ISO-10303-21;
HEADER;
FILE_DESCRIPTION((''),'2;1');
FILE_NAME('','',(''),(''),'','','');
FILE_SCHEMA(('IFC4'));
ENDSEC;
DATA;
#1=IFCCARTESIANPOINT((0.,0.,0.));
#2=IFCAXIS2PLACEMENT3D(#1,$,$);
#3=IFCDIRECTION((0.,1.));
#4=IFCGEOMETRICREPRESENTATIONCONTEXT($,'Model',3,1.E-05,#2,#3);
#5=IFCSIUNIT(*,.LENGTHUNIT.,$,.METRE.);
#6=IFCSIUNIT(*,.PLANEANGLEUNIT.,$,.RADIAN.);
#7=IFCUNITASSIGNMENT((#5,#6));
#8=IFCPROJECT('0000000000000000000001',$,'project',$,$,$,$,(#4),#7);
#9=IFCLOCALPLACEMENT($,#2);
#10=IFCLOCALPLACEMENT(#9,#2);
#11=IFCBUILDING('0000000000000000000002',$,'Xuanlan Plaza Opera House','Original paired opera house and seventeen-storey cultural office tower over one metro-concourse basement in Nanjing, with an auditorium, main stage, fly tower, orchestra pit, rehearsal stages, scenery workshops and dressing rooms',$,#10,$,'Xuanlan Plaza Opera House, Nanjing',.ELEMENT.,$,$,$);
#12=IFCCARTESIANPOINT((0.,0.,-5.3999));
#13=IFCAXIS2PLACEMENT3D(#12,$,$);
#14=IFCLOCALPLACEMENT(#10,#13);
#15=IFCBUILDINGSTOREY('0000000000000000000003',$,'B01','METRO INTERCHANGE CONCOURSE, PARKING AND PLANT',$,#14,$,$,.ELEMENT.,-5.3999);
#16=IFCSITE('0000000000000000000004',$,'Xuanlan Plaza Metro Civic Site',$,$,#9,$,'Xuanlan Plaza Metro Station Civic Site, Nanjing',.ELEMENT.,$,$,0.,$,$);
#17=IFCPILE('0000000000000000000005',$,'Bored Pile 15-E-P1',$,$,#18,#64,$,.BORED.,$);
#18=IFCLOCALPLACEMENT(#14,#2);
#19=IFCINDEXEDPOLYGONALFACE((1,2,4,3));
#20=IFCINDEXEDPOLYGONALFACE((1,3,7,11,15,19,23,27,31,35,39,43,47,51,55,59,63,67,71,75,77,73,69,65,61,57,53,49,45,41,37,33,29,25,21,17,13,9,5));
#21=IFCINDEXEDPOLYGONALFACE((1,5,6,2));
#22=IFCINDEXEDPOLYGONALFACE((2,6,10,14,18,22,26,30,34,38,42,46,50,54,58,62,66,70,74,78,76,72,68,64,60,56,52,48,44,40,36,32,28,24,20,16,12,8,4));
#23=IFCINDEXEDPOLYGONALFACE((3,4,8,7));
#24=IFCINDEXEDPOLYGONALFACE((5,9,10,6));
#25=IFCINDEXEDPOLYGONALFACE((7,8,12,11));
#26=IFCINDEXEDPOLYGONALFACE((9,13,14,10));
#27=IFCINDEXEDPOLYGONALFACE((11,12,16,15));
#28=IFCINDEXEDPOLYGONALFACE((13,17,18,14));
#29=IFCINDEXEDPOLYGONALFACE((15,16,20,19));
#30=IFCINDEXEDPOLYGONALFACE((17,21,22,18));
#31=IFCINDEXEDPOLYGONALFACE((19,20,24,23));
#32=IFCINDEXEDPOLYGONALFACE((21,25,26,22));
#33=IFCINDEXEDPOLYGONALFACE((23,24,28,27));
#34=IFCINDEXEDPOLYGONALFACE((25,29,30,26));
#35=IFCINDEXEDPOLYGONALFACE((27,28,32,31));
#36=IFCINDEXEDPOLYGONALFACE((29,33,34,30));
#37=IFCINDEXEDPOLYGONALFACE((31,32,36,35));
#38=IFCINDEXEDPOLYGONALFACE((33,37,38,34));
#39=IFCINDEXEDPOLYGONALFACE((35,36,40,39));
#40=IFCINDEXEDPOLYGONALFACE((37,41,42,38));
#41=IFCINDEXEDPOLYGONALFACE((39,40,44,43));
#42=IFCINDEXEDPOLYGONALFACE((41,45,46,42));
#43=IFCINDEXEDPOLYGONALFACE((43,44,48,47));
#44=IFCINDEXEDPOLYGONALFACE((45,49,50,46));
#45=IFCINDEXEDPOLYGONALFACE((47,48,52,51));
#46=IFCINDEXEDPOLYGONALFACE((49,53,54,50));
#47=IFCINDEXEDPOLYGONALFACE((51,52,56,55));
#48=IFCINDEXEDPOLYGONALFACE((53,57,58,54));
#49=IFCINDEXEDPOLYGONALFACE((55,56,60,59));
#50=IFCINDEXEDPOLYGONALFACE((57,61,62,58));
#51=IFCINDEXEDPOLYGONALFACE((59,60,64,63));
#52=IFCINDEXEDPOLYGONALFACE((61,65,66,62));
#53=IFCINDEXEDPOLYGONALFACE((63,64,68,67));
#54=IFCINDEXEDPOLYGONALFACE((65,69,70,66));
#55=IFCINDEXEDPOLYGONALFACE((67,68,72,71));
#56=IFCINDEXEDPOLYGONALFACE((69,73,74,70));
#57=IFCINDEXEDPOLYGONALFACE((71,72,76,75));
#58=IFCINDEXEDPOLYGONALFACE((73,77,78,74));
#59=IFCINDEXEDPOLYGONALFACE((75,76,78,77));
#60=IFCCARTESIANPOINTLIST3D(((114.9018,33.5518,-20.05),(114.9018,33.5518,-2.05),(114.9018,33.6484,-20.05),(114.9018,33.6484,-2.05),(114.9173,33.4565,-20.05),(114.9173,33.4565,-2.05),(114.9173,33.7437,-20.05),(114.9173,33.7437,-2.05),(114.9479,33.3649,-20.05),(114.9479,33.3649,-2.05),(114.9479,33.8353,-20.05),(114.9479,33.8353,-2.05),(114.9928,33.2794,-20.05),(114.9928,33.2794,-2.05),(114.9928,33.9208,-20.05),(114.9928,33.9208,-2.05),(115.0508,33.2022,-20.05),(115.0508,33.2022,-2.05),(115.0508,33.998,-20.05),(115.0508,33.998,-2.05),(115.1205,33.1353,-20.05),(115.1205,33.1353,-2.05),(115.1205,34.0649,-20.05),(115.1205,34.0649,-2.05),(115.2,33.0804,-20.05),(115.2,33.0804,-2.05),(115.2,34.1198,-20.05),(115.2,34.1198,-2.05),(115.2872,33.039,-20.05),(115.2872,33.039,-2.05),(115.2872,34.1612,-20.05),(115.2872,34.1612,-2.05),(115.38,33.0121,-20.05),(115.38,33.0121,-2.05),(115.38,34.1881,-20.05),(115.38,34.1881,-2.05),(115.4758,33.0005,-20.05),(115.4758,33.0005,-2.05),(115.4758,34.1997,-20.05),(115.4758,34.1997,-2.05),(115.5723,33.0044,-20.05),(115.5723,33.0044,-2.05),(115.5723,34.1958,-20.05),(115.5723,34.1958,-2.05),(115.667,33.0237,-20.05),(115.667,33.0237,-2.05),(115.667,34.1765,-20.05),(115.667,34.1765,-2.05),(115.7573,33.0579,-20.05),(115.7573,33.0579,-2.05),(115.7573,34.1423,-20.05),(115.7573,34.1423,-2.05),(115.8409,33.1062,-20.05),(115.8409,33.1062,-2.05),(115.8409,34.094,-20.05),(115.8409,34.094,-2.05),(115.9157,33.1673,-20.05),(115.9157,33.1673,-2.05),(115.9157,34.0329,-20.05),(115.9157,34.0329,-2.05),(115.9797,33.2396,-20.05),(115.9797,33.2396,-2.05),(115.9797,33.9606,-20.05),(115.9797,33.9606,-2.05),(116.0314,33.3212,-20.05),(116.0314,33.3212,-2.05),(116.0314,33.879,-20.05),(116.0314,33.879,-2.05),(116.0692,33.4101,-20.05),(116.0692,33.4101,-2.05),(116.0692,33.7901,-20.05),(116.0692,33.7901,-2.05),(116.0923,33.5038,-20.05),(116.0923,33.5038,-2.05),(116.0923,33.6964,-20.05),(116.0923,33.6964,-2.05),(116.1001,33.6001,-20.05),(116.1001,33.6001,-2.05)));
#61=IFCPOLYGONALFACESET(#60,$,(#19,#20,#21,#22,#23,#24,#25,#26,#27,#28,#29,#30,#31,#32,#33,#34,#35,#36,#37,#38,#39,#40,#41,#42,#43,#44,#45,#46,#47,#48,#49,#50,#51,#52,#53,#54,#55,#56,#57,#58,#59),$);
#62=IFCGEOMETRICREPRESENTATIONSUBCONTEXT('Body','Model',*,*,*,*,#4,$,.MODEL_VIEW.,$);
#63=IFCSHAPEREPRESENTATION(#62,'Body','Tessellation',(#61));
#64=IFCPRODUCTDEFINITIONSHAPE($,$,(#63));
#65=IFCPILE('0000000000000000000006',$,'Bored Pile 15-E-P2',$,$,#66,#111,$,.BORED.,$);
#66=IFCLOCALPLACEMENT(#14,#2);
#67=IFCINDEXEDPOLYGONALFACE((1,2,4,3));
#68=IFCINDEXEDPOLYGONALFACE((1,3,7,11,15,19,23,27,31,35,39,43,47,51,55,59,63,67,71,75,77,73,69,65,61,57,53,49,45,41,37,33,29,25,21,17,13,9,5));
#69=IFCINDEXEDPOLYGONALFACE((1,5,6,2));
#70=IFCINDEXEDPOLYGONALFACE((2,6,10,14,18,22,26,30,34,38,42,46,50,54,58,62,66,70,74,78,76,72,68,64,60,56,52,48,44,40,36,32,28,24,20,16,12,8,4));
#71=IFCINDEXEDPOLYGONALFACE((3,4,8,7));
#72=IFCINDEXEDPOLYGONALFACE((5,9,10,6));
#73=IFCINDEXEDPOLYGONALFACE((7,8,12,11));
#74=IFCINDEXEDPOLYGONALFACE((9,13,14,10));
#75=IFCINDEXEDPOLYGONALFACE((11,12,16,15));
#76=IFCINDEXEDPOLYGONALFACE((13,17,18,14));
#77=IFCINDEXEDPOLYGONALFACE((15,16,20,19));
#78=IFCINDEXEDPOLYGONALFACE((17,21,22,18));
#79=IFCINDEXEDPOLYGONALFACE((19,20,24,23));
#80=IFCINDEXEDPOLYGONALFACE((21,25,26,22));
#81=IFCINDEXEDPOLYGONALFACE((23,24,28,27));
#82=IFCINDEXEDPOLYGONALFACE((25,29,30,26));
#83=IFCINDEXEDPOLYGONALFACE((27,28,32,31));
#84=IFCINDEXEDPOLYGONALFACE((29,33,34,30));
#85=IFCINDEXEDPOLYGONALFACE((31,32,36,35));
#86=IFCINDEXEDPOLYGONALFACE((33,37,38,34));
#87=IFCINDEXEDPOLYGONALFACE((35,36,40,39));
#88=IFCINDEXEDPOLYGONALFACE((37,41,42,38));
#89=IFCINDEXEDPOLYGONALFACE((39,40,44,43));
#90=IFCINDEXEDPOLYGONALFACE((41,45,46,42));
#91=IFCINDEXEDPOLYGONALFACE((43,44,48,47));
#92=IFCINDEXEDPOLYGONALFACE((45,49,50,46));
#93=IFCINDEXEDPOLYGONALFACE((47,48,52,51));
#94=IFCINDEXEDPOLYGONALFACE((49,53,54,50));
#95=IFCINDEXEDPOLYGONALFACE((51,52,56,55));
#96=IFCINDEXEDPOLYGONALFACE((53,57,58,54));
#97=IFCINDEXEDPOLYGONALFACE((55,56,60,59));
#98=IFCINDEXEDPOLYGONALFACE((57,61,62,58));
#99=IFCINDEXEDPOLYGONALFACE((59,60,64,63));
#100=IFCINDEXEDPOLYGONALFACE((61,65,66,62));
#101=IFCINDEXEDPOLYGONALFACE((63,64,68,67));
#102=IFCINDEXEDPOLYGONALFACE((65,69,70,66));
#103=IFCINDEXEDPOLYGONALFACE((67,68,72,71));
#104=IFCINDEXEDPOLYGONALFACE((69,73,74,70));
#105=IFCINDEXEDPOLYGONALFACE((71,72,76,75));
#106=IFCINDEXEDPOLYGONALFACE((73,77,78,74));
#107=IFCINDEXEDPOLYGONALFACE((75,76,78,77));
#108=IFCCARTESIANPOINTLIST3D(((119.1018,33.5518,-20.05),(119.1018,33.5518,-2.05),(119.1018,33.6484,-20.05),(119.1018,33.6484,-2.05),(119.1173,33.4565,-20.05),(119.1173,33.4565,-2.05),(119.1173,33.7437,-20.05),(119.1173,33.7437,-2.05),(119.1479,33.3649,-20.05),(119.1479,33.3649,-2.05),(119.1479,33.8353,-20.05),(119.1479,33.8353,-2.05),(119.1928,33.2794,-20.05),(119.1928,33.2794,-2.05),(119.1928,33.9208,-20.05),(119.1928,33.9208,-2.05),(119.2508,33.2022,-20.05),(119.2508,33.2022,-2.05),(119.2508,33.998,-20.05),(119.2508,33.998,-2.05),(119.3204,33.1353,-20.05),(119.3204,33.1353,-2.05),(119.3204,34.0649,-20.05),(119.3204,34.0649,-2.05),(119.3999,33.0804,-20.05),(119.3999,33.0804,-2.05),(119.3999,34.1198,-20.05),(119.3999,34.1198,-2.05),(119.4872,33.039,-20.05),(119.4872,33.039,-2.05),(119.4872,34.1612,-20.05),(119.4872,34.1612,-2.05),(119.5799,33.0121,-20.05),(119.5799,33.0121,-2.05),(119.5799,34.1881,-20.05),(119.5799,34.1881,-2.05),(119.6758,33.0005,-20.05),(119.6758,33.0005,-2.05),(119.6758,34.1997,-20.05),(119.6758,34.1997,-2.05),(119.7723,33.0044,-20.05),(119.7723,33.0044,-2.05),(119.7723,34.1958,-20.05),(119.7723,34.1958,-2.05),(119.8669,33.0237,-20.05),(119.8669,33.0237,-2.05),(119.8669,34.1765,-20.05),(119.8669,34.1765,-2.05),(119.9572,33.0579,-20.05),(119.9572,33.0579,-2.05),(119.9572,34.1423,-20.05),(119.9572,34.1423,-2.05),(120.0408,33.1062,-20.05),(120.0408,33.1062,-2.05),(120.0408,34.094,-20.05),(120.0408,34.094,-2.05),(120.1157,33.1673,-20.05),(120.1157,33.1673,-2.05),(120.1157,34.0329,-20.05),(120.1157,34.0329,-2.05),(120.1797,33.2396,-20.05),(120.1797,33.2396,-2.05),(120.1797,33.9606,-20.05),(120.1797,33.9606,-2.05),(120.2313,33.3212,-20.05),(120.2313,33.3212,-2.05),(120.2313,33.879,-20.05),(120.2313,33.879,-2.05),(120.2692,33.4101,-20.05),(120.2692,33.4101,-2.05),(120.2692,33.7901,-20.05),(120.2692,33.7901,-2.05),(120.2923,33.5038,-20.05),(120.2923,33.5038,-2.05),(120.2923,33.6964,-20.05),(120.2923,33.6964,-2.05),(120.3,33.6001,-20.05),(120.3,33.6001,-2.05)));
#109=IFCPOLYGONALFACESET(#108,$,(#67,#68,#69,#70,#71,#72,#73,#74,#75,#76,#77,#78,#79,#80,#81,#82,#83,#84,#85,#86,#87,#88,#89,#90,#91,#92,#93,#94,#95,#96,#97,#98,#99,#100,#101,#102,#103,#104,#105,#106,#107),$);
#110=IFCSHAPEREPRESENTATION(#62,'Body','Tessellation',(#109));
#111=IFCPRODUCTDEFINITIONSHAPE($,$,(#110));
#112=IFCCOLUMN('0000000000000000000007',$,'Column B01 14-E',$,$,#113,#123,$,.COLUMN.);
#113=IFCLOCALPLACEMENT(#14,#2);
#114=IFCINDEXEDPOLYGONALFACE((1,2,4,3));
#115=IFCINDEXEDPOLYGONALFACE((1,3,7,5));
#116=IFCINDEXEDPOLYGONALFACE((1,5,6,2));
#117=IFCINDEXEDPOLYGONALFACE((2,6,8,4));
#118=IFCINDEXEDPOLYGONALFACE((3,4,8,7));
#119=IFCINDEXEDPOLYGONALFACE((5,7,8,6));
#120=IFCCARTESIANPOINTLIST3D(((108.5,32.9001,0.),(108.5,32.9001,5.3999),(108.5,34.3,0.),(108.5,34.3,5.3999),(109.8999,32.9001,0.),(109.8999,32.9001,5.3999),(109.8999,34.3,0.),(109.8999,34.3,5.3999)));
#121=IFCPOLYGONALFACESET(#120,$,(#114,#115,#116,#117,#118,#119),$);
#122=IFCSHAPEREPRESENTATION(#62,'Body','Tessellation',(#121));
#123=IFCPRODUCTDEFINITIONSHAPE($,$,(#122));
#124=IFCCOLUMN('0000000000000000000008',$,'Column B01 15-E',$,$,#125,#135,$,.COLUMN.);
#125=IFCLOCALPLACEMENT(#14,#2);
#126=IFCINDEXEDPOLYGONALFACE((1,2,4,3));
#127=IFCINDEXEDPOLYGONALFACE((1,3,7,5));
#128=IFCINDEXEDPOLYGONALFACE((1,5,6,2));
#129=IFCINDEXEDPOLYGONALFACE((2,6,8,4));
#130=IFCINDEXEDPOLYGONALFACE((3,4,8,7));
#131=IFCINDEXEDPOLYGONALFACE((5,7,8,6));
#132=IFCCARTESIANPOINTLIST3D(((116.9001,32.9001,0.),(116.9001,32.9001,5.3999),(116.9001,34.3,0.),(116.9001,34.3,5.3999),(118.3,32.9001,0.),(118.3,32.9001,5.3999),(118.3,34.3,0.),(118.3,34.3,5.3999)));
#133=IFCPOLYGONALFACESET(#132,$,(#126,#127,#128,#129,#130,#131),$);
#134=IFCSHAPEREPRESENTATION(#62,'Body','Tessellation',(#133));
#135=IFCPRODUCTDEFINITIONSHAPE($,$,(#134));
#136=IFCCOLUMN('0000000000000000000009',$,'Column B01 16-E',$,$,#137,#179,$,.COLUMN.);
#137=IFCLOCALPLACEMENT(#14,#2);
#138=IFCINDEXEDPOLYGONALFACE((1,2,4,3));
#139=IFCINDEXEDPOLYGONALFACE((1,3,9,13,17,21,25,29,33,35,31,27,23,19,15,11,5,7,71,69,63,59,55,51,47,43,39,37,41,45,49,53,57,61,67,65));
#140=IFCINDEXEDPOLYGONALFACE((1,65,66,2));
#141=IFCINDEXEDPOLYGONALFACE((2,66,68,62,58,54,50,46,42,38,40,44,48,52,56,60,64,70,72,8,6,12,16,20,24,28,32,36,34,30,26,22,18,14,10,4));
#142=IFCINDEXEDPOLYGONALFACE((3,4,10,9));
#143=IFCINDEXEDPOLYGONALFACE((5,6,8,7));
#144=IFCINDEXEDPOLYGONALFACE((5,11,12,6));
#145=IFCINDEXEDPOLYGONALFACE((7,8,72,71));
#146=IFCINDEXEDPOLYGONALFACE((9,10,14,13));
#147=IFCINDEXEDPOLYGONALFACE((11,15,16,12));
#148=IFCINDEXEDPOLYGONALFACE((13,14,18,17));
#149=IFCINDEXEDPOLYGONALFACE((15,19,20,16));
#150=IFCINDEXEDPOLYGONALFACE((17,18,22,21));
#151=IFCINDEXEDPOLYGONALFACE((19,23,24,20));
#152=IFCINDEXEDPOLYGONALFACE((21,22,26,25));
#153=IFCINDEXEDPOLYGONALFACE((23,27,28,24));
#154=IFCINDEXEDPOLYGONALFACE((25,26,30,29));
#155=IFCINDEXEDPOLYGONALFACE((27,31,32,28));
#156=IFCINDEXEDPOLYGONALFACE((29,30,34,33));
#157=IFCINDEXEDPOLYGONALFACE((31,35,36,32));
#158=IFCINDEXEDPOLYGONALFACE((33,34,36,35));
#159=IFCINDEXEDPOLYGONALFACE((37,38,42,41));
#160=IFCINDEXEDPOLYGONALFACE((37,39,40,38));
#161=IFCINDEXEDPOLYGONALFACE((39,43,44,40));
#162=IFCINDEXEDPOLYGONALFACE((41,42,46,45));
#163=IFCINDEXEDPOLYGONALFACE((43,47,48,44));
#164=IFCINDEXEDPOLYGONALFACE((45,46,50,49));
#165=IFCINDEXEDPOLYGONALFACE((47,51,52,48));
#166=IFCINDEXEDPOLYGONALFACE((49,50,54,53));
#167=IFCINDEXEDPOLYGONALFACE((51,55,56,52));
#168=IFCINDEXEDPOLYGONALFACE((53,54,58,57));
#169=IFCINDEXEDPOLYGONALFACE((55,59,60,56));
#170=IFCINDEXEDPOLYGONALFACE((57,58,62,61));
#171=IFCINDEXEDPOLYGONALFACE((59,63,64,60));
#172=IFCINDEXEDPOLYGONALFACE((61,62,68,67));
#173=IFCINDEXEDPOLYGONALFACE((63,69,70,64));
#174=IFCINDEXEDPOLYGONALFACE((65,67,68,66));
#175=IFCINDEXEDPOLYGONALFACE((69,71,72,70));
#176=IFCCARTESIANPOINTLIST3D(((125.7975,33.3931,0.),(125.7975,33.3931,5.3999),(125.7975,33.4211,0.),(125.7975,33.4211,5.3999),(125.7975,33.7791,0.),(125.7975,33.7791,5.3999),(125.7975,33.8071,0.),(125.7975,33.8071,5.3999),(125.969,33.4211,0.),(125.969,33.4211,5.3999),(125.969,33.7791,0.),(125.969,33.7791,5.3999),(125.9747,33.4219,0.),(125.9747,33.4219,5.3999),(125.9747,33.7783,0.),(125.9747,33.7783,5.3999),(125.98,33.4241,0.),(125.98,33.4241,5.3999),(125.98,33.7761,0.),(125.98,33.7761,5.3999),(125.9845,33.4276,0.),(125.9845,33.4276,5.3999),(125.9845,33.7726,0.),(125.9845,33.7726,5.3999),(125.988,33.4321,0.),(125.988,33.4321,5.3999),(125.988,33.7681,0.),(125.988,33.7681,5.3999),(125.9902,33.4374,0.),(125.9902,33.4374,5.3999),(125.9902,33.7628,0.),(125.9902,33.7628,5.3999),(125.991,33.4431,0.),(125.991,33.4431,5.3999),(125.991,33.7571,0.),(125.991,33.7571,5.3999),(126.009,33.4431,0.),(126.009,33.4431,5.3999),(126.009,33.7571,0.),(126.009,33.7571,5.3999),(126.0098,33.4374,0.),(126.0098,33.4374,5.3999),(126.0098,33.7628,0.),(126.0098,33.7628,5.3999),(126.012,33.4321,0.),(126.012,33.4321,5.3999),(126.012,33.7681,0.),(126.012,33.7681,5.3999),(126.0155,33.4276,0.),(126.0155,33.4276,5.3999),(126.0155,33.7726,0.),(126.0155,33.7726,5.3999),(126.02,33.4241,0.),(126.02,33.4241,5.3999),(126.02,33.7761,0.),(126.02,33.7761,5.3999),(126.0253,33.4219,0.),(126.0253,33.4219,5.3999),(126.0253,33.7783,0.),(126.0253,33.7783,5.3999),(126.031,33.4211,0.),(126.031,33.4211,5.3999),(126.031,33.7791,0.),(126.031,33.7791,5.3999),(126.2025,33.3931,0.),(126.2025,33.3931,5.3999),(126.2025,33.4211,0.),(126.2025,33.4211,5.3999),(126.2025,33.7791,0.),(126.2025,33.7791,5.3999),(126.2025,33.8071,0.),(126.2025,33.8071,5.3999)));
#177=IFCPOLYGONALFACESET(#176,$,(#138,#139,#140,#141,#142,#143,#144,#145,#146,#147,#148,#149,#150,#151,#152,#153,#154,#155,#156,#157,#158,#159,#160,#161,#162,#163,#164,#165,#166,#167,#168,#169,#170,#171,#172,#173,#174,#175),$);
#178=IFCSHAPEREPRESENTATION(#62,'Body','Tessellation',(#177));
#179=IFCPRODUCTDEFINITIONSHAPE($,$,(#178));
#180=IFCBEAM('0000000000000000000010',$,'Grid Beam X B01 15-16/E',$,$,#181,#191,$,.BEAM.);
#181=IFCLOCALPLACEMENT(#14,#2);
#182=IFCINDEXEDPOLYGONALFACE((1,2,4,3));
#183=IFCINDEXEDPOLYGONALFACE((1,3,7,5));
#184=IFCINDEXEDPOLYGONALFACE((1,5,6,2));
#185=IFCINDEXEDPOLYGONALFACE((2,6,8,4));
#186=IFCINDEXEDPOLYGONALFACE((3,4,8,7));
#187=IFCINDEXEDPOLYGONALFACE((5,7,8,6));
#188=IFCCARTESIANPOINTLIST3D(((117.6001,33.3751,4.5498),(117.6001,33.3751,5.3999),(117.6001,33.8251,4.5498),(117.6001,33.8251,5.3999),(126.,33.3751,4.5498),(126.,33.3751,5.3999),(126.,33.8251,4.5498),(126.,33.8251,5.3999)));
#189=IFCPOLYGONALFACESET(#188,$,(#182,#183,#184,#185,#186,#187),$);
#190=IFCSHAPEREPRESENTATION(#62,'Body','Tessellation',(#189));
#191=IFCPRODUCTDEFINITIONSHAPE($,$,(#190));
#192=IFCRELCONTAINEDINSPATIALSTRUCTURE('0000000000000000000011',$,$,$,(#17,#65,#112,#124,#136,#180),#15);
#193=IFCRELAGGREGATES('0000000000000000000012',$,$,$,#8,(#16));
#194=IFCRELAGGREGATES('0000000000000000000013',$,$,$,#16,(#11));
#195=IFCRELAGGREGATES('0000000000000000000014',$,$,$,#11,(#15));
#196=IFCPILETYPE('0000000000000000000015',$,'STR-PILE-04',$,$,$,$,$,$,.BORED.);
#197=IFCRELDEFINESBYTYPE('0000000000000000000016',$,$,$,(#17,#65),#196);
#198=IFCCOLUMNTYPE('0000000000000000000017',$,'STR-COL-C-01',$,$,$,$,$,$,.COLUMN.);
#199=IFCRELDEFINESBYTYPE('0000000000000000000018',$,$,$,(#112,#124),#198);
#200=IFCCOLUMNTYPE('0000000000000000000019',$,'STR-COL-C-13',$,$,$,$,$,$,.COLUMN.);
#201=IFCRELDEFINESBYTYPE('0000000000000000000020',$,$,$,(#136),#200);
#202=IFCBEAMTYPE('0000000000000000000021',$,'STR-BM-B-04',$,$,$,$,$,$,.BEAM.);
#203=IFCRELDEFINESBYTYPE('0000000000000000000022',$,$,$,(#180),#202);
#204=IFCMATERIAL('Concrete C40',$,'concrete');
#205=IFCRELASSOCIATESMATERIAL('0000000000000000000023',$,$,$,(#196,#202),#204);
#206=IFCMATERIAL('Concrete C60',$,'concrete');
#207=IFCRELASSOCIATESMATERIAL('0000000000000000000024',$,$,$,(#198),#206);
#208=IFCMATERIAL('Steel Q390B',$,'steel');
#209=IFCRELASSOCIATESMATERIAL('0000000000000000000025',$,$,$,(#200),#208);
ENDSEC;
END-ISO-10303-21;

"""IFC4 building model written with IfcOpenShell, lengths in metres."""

from ifc_helpers import new_model, si_unit, direction, frame, origin, origin_2d, place, context, subcontext, project, spatial, rectangle, circle, i_section, extrude, material, material_profile, profile_set, type_object, element, save


model = new_model("IFC4")

# Units and contexts
model_context = context("Model", 3, precision=1e-05, world=origin(), true_north=direction((0.0, 1.0)))
body_context = subcontext(model_context, "Body", "Model", "MODEL_VIEW")
ifc_project = project(units=[si_unit("LENGTHUNIT", "METRE"), si_unit("PLANEANGLEUNIT", "RADIAN")], contexts=[model_context])

# Site, building, storey
site_placement = place(None, origin())
site = spatial("IfcSite", under=ifc_project, at=site_placement, Name="Xuanlan Plaza Metro Civic Site", LongName="Xuanlan Plaza Metro Station Civic Site, Nanjing", CompositionType="ELEMENT", RefElevation=0.0)
building_placement = place(site_placement, origin())
building = spatial("IfcBuilding", under=site, at=building_placement, Name="Xuanlan Plaza Opera House", Description="Original paired opera house and seventeen-storey cultural office tower over one metro-concourse basement in Nanjing, with an auditorium, main stage, fly tower, orchestra pit, rehearsal stages, scenery workshops and dressing rooms", LongName="Xuanlan Plaza Opera House, Nanjing", CompositionType="ELEMENT")
storey_placement = place(building_placement, frame((0.0, 0.0, -5.3999)))
storey = spatial("IfcBuildingStorey", under=building, at=storey_placement, Name="B01", Description="METRO INTERCHANGE CONCOURSE, PARKING AND PLANT", CompositionType="ELEMENT", Elevation=-5.3999)

# Piles
ifc_material_1 = material(Name="Concrete C40", Category="concrete")
ifc_material_profile_1 = material_profile(ifc_material_1, circle(Radius=0.6001, at=origin_2d()), Name="PILE D1200")
ifc_profile_set_1 = profile_set([ifc_material_profile_1], Name="Concrete C40")
pile_type_1 = type_object("IfcPileType", Name="STR-PILE-04", PredefinedType="BORED", material=ifc_profile_set_1)
for number, where, z_axis, x_axis, name in (
    (1, (115.5, 33.6001, -2.05), (0.0, 0.0, -1.0), (1.0, 0.0, 0.0), "Bored Pile 15-E-P1"),
    (2, (119.7, 33.6001, -2.05), (0.0, 0.0, -1.0), (1.0, 0.0, 0.0), "Bored Pile 15-E-P2"),
):
    element("IfcPile", number, at=place(storey_placement, frame(where, z_axis=z_axis, x_axis=x_axis)), inside=storey, type_object=pile_type_1, Name=name, PredefinedType="BORED", context=body_context, shape_type="SweptSolid", body=[
        extrude(circle(Radius=0.6001, at=origin_2d()), origin(), (0.0, 0.0, 1.0), 18.0),
    ])

# Columns
ifc_material_2 = material(Name="Concrete C60", Category="concrete")
ifc_material_profile_2 = material_profile(ifc_material_2, rectangle(XDim=1.3999, YDim=1.3999, at=origin_2d()), Name="RC-COL 1400x1400")
ifc_profile_set_2 = profile_set([ifc_material_profile_2], Name="Concrete C60")
column_type_1 = type_object("IfcColumnType", Name="STR-COL-C-01", PredefinedType="COLUMN", material=ifc_profile_set_2)
for number, where, z_axis, x_axis, name in (
    (3, (109.2, 33.6001, 0.0), (0.0, 0.0, 1.0), (1.0, 0.0, 0.0), "Column B01 14-E"),
    (4, (117.6001, 33.6001, 0.0), (0.0, 0.0, 1.0), (1.0, 0.0, 0.0), "Column B01 15-E"),
):
    element("IfcColumn", number, at=place(storey_placement, frame(where, z_axis=z_axis, x_axis=x_axis)), inside=storey, type_object=column_type_1, Name=name, PredefinedType="COLUMN", context=body_context, shape_type="SweptSolid", body=[
        extrude(rectangle(XDim=1.3999, YDim=1.3999, at=origin_2d()), origin(), (0.0, 0.0, 1.0), 5.3999),
    ])
ifc_material_3 = material(Name="Steel Q390B", Category="steel")
ifc_material_profile_3 = material_profile(ifc_material_3, i_section(OverallWidth=0.405, OverallDepth=0.4141, WebThickness=0.0181, FlangeThickness=0.0281, FilletRadius=0.022, at=origin_2d()), Name="HW 414x405x18x28")
ifc_profile_set_3 = profile_set([ifc_material_profile_3], Name="Steel Q390B")
column_type_2 = type_object("IfcColumnType", Name="STR-COL-C-13", PredefinedType="COLUMN", material=ifc_profile_set_3)
column_placement = place(storey_placement, frame((126.0, 33.6001, 0.0), z_axis=(0.0, 0.0, 1.0), x_axis=(1.0, 0.0, 0.0)))
element("IfcColumn", 5, at=column_placement, inside=storey, type_object=column_type_2, Name="Column B01 16-E", PredefinedType="COLUMN", context=body_context, shape_type="SweptSolid", body=[
    extrude(i_section(OverallWidth=0.405, OverallDepth=0.4141, WebThickness=0.0181, FlangeThickness=0.0281, FilletRadius=0.022, at=origin_2d()), origin(), (0.0, 0.0, 1.0), 5.3999),
])

# Beam
ifc_material_profile_4 = material_profile(ifc_material_1, rectangle(XDim=0.45, YDim=0.8501, at=origin_2d()), Name="RC-BM 450x850")
ifc_profile_set_4 = profile_set([ifc_material_profile_4], Name="Concrete C40")
beam_type_1 = type_object("IfcBeamType", Name="STR-BM-B-04", PredefinedType="BEAM", material=ifc_profile_set_4)
for number, where, z_axis, x_axis, name in (
    (6, (117.6001, 33.6001, 4.9749), (1.0, 0.0, 0.0), (0.0, 1.0, 0.0), "Grid Beam X B01 15-16/E"),
):
    element("IfcBeam", number, at=place(storey_placement, frame(where, z_axis=z_axis, x_axis=x_axis)), inside=storey, type_object=beam_type_1, Name=name, PredefinedType="BEAM", context=body_context, shape_type="SweptSolid", body=[
        extrude(rectangle(XDim=0.45, YDim=0.8501, at=origin_2d()), origin(), (0.0, 0.0, 1.0), 8.3999),
    ])

save(model, "model.ifc")
